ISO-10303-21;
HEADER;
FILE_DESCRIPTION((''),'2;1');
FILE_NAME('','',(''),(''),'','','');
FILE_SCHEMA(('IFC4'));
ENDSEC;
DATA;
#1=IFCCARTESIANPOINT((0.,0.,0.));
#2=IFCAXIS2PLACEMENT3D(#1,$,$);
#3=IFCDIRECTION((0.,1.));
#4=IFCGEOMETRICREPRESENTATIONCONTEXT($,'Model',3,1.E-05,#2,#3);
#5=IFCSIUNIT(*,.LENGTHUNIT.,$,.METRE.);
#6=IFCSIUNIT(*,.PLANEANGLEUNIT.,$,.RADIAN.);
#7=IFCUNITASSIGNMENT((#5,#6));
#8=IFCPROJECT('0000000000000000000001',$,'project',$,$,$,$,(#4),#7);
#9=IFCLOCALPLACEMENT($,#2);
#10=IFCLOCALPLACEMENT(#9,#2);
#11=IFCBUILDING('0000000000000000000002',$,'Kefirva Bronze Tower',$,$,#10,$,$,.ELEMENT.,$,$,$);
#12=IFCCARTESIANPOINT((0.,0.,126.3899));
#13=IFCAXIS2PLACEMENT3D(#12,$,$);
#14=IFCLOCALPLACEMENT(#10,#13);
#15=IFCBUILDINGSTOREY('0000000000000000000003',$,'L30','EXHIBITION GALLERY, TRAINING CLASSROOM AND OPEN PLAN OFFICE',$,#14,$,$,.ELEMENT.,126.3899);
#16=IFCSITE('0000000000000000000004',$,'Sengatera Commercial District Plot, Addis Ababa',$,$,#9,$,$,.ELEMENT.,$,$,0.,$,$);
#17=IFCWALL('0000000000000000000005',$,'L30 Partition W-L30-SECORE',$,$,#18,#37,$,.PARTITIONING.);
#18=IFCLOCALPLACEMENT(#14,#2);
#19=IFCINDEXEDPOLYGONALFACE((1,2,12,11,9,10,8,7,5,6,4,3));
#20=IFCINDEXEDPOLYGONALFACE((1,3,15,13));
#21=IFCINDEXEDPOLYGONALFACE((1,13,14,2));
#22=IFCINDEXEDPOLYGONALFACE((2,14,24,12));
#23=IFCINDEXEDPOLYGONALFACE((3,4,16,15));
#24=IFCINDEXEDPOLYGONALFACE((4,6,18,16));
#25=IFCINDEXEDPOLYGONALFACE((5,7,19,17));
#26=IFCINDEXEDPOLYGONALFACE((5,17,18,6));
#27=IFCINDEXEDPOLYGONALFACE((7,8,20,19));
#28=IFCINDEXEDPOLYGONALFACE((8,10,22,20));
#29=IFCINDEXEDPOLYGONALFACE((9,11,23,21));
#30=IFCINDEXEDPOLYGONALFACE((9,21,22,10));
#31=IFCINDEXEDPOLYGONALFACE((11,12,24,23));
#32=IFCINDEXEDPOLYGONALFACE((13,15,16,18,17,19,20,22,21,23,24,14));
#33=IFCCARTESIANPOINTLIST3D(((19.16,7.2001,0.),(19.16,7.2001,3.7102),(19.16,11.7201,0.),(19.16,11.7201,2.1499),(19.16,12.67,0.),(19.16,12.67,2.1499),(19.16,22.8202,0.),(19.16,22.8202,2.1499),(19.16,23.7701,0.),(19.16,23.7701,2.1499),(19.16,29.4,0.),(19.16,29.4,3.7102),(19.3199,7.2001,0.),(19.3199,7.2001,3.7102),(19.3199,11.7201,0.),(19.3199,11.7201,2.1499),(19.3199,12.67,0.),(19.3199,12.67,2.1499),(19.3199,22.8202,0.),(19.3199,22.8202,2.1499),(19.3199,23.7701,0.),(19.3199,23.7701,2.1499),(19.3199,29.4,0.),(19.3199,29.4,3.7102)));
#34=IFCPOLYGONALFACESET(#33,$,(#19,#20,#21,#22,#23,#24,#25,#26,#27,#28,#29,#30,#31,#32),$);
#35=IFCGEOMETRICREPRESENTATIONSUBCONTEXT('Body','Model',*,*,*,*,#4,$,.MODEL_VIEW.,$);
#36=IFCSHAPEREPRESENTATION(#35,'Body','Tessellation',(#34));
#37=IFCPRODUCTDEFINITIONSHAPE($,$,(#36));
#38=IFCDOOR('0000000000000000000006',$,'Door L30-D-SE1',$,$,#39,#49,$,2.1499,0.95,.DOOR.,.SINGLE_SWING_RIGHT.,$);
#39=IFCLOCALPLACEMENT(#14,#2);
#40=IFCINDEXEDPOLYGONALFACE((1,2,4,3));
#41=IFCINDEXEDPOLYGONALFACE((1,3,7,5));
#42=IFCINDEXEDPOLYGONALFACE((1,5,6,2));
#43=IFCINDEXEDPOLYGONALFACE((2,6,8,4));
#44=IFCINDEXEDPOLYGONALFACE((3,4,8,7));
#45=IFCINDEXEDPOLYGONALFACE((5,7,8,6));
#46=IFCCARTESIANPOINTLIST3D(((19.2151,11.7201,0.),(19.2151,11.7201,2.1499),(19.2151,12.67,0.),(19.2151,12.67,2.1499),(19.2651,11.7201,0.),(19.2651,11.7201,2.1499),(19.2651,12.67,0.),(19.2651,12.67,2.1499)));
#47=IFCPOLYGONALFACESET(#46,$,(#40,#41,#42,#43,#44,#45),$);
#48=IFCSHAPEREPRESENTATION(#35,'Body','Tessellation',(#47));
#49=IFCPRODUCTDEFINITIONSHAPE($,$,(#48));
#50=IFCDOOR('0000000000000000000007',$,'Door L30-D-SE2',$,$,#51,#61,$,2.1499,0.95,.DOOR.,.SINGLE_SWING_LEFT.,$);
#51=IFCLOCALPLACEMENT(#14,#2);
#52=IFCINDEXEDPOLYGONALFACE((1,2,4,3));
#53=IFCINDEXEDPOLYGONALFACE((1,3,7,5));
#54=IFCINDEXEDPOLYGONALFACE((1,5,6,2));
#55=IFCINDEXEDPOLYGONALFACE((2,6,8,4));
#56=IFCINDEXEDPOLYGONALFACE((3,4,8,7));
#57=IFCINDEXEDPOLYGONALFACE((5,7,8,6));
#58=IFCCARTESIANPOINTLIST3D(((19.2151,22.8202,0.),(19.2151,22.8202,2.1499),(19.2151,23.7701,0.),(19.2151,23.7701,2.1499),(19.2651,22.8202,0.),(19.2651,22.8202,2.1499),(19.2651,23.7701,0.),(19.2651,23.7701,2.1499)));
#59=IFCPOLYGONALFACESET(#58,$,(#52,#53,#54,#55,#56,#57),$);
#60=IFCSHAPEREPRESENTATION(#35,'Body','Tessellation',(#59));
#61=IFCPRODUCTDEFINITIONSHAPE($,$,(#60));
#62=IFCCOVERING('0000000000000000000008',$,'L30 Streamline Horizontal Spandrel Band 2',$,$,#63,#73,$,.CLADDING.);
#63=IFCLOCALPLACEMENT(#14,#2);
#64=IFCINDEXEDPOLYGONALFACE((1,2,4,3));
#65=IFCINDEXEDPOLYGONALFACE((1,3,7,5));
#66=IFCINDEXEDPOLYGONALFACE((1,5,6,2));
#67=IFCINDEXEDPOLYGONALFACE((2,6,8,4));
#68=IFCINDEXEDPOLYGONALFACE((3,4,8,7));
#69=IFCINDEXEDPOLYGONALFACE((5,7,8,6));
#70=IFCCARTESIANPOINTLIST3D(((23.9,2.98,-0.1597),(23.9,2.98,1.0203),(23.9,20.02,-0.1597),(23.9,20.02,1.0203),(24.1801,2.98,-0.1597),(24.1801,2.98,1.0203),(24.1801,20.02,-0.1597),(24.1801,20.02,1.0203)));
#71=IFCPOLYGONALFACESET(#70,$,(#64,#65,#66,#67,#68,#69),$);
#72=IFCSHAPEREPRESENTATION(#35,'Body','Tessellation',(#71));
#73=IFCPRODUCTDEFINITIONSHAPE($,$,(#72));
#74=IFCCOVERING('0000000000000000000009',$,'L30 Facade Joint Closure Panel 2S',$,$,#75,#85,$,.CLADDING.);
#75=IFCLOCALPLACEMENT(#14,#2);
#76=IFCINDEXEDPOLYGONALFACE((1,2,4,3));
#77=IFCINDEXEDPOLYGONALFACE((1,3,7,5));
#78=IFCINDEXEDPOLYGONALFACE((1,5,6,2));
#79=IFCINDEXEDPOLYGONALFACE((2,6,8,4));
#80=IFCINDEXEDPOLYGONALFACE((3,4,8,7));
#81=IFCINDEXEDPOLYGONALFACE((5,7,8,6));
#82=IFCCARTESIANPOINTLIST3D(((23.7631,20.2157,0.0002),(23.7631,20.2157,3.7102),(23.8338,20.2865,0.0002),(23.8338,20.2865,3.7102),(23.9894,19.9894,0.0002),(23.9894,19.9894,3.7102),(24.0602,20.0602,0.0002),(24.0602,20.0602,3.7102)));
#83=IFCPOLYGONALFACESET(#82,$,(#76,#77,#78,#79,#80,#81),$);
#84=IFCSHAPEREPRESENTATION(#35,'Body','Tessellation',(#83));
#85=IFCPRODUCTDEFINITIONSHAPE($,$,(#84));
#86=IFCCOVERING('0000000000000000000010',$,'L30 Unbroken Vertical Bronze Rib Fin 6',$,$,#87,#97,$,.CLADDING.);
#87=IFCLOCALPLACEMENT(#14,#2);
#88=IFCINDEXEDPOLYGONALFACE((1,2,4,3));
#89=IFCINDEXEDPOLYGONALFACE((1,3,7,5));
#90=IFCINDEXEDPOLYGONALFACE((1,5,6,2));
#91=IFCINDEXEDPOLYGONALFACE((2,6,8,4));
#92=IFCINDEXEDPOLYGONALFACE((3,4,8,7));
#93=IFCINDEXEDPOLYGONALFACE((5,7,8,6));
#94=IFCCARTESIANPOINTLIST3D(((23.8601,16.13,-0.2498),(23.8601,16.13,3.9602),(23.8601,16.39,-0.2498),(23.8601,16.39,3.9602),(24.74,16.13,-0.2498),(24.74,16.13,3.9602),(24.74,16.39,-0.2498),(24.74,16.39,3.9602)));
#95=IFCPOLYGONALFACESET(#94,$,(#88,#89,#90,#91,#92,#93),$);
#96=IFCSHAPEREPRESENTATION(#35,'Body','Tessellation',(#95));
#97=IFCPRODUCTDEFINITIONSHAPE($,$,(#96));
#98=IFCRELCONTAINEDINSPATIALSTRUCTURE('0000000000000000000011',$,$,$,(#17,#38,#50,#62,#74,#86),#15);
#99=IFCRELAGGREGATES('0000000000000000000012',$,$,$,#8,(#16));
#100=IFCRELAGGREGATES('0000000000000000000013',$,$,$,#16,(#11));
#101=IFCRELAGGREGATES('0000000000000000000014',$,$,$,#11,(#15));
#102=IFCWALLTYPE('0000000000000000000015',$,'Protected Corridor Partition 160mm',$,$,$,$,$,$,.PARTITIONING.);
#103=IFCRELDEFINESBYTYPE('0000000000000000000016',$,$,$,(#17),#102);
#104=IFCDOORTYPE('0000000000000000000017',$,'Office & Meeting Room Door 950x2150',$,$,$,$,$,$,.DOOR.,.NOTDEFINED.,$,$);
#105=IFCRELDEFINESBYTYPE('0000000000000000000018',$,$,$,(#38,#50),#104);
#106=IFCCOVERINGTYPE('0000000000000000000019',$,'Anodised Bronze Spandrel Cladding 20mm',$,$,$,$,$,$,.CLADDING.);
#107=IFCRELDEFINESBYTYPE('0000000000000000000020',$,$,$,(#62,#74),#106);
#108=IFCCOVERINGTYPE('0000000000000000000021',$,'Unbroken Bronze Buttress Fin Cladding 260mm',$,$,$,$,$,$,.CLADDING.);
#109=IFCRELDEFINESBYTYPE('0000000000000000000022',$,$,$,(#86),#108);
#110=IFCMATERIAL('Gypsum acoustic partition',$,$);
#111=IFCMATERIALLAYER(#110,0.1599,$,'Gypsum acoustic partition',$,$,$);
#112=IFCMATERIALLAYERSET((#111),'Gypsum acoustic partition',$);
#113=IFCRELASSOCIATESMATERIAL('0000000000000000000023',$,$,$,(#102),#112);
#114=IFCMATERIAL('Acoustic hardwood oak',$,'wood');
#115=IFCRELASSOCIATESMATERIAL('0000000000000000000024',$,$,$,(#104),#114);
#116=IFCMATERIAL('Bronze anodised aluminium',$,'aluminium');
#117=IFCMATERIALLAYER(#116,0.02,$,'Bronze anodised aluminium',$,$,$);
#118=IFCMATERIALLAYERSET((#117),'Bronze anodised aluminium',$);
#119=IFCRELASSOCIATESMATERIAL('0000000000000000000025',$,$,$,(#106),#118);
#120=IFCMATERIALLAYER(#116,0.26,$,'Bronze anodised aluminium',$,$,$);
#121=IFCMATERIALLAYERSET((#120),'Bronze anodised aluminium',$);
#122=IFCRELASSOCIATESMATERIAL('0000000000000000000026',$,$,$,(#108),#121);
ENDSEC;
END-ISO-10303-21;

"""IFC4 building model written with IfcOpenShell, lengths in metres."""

from ifc_helpers import new_model, si_unit, direction, frame, frame_2d, origin, origin_2d, place, context, subcontext, project, spatial, rectangle, extrude, material, layer, layer_set, type_object, element, fill, save


model = new_model("IFC4")

# Units and contexts
model_context = context("Model", 3, precision=1e-05, world=origin(), true_north=direction((0.0, 1.0)))
body_context = subcontext(model_context, "Body", "Model", "MODEL_VIEW")
ifc_project = project(units=[si_unit("LENGTHUNIT", "METRE"), si_unit("PLANEANGLEUNIT", "RADIAN")], contexts=[model_context])

# Site, building, storey
site_placement = place(None, origin())
site = spatial("IfcSite", under=ifc_project, at=site_placement, Name="Sengatera Commercial District Plot, Addis Ababa", CompositionType="ELEMENT", RefElevation=0.0)
building_placement = place(site_placement, origin())
building = spatial("IfcBuilding", under=site, at=building_placement, Name="Kefirva Bronze Tower", CompositionType="ELEMENT")
storey_placement = place(building_placement, frame((0.0, 0.0, 126.3899)))
storey = spatial("IfcBuildingStorey", under=building, at=storey_placement, Name="L30", Description="EXHIBITION GALLERY, TRAINING CLASSROOM AND OPEN PLAN OFFICE", CompositionType="ELEMENT", Elevation=126.3899)

# Shared definitions
ifc_material_1 = material(Name="Bronze anodised aluminium", Category="aluminium")

# Shared definitions
ifc_material_2 = material(Name="Gypsum acoustic partition")

# Wall, openings, doors
ifc_layer_1 = layer(ifc_material_2, 0.1599, Name="Gypsum acoustic partition")
ifc_layer_set_1 = layer_set([ifc_layer_1], Name="Gypsum acoustic partition")
wall_type_1 = type_object("IfcWallType", Name="Protected Corridor Partition 160mm", PredefinedType="PARTITIONING", material=ifc_layer_set_1)
wall_1_placement = place(storey_placement, frame((19.24, 7.2, 0.0), z_axis=(0.0, 0.0, 1.0), x_axis=(0.0, 1.0, 0.0)))
wall_1 = element("IfcWall", 1, at=wall_1_placement, inside=storey, type_object=wall_type_1, Name="L30 Partition W-L30-SECORE", PredefinedType="PARTITIONING", context=body_context, shape_type="SweptSolid", body=[
    extrude(rectangle(XDim=22.2, YDim=0.1599, at=frame_2d((11.1001, 0.0))), origin(), (0.0, 0.0, 1.0), 3.7102),
])
opening_1_placement = place(wall_1_placement, frame((4.52, 0.0, 0.0)))
opening_1 = element("IfcOpeningElement", 2, at=opening_1_placement, cuts=wall_1, PredefinedType="OPENING", context=body_context, shape_type="SweptSolid", body=[
    extrude(rectangle(XDim=0.95, YDim=2.1499, at=frame_2d((0.4751, 1.075))), frame((0.0, 0.0898, 0.0), z_axis=(0.0, -1.0, 0.0), x_axis=(1.0, 0.0, 0.0)), (0.0, 0.0, 1.0), 0.1799),
])
opening_2_placement = place(wall_1_placement, frame((15.6201, 0.0, 0.0)))
opening_2 = element("IfcOpeningElement", 3, at=opening_2_placement, cuts=wall_1, PredefinedType="OPENING", context=body_context, shape_type="SweptSolid", body=[
    extrude(rectangle(XDim=0.95, YDim=2.1499, at=frame_2d((0.4751, 1.075))), frame((0.0, 0.0898, 0.0), z_axis=(0.0, -1.0, 0.0), x_axis=(1.0, 0.0, 0.0)), (0.0, 0.0, 1.0), 0.1799),
])
ifc_material_3 = material(Name="Acoustic hardwood oak", Category="wood")
door_type = type_object("IfcDoorType", Name="Office & Meeting Room Door 950x2150", OperationType="NOTDEFINED", PredefinedType="DOOR", material=ifc_material_3)
door_1_placement = place(opening_1_placement, origin())
door_1 = element("IfcDoor", 4, at=door_1_placement, inside=storey, type_object=door_type, Name="Door L30-D-SE1", OperationType="SINGLE_SWING_RIGHT", OverallHeight=2.1499, OverallWidth=0.95, PredefinedType="DOOR", context=body_context, shape_type="SweptSolid", body=[
    extrude(rectangle(XDim=0.95, YDim=2.1499, at=frame_2d((0.4751, 1.075))), frame((0.0, 0.0249, 0.0), z_axis=(0.0, -1.0, 0.0), x_axis=(1.0, 0.0, 0.0)), (0.0, 0.0, 1.0), 0.05),
])
fill(opening_1, door_1)
door_2_placement = place(opening_2_placement, origin())
door_2 = element("IfcDoor", 5, at=door_2_placement, inside=storey, type_object=door_type, Name="Door L30-D-SE2", OperationType="SINGLE_SWING_LEFT", OverallHeight=2.1499, OverallWidth=0.95, PredefinedType="DOOR", context=body_context, shape_type="SweptSolid", body=[
    extrude(rectangle(XDim=0.95, YDim=2.1499, at=frame_2d((0.4751, 1.075))), frame((0.0, 0.0249, 0.0), z_axis=(0.0, -1.0, 0.0), x_axis=(1.0, 0.0, 0.0)), (0.0, 0.0, 1.0), 0.05),
])
fill(opening_2, door_2)

# Coverings
ifc_layer_2 = layer(ifc_material_1, 0.02, Name="Bronze anodised aluminium")
ifc_layer_set_2 = layer_set([ifc_layer_2], Name="Bronze anodised aluminium")
covering_type_1 = type_object("IfcCoveringType", Name="Anodised Bronze Spandrel Cladding 20mm", PredefinedType="CLADDING", material=ifc_layer_set_2)
covering_1_placement = place(storey_placement, frame((24.04, 11.5, -0.1597), z_axis=(0.0, 0.0, 1.0), x_axis=(0.0, 1.0, 0.0)))
element("IfcCovering", 6, at=covering_1_placement, inside=storey, type_object=covering_type_1, Name="L30 Streamline Horizontal Spandrel Band 2", PredefinedType="CLADDING", context=body_context, shape_type="SweptSolid", body=[
    extrude(rectangle(XDim=17.04, YDim=0.28, at=origin_2d()), origin(), (0.0, 0.0, 1.0), 1.1799),
])
covering_2_placement = place(storey_placement, frame((23.9116, 20.1379, 0.0002), z_axis=(0.0, 0.0, 1.0), x_axis=(0.707107, 0.707107, 0.0)))
element("IfcCovering", 7, at=covering_2_placement, inside=storey, type_object=covering_type_1, Name="L30 Facade Joint Closure Panel 2S", PredefinedType="CLADDING", context=body_context, shape_type="SweptSolid", body=[
    extrude(rectangle(XDim=0.1001, YDim=0.3201, at=origin_2d()), origin(), (0.0, 0.0, 1.0), 3.71),
])
ifc_layer_3 = layer(ifc_material_1, 0.26, Name="Bronze anodised aluminium")
ifc_layer_set_3 = layer_set([ifc_layer_3], Name="Bronze anodised aluminium")
covering_type_2 = type_object("IfcCoveringType", Name="Unbroken Bronze Buttress Fin Cladding 260mm", PredefinedType="CLADDING", material=ifc_layer_set_3)
covering_3_placement = place(storey_placement, frame((24.3, 16.26, -0.2498), z_axis=(0.0, 0.0, 1.0), x_axis=(0.0, 1.0, 0.0)))
element("IfcCovering", 8, at=covering_3_placement, inside=storey, type_object=covering_type_2, Name="L30 Unbroken Vertical Bronze Rib Fin 6", PredefinedType="CLADDING", context=body_context, shape_type="SweptSolid", body=[
    extrude(rectangle(XDim=0.26, YDim=0.8799, at=origin_2d()), origin(), (0.0, 0.0, 1.0), 4.21),
])

save(model, "model.ifc")
